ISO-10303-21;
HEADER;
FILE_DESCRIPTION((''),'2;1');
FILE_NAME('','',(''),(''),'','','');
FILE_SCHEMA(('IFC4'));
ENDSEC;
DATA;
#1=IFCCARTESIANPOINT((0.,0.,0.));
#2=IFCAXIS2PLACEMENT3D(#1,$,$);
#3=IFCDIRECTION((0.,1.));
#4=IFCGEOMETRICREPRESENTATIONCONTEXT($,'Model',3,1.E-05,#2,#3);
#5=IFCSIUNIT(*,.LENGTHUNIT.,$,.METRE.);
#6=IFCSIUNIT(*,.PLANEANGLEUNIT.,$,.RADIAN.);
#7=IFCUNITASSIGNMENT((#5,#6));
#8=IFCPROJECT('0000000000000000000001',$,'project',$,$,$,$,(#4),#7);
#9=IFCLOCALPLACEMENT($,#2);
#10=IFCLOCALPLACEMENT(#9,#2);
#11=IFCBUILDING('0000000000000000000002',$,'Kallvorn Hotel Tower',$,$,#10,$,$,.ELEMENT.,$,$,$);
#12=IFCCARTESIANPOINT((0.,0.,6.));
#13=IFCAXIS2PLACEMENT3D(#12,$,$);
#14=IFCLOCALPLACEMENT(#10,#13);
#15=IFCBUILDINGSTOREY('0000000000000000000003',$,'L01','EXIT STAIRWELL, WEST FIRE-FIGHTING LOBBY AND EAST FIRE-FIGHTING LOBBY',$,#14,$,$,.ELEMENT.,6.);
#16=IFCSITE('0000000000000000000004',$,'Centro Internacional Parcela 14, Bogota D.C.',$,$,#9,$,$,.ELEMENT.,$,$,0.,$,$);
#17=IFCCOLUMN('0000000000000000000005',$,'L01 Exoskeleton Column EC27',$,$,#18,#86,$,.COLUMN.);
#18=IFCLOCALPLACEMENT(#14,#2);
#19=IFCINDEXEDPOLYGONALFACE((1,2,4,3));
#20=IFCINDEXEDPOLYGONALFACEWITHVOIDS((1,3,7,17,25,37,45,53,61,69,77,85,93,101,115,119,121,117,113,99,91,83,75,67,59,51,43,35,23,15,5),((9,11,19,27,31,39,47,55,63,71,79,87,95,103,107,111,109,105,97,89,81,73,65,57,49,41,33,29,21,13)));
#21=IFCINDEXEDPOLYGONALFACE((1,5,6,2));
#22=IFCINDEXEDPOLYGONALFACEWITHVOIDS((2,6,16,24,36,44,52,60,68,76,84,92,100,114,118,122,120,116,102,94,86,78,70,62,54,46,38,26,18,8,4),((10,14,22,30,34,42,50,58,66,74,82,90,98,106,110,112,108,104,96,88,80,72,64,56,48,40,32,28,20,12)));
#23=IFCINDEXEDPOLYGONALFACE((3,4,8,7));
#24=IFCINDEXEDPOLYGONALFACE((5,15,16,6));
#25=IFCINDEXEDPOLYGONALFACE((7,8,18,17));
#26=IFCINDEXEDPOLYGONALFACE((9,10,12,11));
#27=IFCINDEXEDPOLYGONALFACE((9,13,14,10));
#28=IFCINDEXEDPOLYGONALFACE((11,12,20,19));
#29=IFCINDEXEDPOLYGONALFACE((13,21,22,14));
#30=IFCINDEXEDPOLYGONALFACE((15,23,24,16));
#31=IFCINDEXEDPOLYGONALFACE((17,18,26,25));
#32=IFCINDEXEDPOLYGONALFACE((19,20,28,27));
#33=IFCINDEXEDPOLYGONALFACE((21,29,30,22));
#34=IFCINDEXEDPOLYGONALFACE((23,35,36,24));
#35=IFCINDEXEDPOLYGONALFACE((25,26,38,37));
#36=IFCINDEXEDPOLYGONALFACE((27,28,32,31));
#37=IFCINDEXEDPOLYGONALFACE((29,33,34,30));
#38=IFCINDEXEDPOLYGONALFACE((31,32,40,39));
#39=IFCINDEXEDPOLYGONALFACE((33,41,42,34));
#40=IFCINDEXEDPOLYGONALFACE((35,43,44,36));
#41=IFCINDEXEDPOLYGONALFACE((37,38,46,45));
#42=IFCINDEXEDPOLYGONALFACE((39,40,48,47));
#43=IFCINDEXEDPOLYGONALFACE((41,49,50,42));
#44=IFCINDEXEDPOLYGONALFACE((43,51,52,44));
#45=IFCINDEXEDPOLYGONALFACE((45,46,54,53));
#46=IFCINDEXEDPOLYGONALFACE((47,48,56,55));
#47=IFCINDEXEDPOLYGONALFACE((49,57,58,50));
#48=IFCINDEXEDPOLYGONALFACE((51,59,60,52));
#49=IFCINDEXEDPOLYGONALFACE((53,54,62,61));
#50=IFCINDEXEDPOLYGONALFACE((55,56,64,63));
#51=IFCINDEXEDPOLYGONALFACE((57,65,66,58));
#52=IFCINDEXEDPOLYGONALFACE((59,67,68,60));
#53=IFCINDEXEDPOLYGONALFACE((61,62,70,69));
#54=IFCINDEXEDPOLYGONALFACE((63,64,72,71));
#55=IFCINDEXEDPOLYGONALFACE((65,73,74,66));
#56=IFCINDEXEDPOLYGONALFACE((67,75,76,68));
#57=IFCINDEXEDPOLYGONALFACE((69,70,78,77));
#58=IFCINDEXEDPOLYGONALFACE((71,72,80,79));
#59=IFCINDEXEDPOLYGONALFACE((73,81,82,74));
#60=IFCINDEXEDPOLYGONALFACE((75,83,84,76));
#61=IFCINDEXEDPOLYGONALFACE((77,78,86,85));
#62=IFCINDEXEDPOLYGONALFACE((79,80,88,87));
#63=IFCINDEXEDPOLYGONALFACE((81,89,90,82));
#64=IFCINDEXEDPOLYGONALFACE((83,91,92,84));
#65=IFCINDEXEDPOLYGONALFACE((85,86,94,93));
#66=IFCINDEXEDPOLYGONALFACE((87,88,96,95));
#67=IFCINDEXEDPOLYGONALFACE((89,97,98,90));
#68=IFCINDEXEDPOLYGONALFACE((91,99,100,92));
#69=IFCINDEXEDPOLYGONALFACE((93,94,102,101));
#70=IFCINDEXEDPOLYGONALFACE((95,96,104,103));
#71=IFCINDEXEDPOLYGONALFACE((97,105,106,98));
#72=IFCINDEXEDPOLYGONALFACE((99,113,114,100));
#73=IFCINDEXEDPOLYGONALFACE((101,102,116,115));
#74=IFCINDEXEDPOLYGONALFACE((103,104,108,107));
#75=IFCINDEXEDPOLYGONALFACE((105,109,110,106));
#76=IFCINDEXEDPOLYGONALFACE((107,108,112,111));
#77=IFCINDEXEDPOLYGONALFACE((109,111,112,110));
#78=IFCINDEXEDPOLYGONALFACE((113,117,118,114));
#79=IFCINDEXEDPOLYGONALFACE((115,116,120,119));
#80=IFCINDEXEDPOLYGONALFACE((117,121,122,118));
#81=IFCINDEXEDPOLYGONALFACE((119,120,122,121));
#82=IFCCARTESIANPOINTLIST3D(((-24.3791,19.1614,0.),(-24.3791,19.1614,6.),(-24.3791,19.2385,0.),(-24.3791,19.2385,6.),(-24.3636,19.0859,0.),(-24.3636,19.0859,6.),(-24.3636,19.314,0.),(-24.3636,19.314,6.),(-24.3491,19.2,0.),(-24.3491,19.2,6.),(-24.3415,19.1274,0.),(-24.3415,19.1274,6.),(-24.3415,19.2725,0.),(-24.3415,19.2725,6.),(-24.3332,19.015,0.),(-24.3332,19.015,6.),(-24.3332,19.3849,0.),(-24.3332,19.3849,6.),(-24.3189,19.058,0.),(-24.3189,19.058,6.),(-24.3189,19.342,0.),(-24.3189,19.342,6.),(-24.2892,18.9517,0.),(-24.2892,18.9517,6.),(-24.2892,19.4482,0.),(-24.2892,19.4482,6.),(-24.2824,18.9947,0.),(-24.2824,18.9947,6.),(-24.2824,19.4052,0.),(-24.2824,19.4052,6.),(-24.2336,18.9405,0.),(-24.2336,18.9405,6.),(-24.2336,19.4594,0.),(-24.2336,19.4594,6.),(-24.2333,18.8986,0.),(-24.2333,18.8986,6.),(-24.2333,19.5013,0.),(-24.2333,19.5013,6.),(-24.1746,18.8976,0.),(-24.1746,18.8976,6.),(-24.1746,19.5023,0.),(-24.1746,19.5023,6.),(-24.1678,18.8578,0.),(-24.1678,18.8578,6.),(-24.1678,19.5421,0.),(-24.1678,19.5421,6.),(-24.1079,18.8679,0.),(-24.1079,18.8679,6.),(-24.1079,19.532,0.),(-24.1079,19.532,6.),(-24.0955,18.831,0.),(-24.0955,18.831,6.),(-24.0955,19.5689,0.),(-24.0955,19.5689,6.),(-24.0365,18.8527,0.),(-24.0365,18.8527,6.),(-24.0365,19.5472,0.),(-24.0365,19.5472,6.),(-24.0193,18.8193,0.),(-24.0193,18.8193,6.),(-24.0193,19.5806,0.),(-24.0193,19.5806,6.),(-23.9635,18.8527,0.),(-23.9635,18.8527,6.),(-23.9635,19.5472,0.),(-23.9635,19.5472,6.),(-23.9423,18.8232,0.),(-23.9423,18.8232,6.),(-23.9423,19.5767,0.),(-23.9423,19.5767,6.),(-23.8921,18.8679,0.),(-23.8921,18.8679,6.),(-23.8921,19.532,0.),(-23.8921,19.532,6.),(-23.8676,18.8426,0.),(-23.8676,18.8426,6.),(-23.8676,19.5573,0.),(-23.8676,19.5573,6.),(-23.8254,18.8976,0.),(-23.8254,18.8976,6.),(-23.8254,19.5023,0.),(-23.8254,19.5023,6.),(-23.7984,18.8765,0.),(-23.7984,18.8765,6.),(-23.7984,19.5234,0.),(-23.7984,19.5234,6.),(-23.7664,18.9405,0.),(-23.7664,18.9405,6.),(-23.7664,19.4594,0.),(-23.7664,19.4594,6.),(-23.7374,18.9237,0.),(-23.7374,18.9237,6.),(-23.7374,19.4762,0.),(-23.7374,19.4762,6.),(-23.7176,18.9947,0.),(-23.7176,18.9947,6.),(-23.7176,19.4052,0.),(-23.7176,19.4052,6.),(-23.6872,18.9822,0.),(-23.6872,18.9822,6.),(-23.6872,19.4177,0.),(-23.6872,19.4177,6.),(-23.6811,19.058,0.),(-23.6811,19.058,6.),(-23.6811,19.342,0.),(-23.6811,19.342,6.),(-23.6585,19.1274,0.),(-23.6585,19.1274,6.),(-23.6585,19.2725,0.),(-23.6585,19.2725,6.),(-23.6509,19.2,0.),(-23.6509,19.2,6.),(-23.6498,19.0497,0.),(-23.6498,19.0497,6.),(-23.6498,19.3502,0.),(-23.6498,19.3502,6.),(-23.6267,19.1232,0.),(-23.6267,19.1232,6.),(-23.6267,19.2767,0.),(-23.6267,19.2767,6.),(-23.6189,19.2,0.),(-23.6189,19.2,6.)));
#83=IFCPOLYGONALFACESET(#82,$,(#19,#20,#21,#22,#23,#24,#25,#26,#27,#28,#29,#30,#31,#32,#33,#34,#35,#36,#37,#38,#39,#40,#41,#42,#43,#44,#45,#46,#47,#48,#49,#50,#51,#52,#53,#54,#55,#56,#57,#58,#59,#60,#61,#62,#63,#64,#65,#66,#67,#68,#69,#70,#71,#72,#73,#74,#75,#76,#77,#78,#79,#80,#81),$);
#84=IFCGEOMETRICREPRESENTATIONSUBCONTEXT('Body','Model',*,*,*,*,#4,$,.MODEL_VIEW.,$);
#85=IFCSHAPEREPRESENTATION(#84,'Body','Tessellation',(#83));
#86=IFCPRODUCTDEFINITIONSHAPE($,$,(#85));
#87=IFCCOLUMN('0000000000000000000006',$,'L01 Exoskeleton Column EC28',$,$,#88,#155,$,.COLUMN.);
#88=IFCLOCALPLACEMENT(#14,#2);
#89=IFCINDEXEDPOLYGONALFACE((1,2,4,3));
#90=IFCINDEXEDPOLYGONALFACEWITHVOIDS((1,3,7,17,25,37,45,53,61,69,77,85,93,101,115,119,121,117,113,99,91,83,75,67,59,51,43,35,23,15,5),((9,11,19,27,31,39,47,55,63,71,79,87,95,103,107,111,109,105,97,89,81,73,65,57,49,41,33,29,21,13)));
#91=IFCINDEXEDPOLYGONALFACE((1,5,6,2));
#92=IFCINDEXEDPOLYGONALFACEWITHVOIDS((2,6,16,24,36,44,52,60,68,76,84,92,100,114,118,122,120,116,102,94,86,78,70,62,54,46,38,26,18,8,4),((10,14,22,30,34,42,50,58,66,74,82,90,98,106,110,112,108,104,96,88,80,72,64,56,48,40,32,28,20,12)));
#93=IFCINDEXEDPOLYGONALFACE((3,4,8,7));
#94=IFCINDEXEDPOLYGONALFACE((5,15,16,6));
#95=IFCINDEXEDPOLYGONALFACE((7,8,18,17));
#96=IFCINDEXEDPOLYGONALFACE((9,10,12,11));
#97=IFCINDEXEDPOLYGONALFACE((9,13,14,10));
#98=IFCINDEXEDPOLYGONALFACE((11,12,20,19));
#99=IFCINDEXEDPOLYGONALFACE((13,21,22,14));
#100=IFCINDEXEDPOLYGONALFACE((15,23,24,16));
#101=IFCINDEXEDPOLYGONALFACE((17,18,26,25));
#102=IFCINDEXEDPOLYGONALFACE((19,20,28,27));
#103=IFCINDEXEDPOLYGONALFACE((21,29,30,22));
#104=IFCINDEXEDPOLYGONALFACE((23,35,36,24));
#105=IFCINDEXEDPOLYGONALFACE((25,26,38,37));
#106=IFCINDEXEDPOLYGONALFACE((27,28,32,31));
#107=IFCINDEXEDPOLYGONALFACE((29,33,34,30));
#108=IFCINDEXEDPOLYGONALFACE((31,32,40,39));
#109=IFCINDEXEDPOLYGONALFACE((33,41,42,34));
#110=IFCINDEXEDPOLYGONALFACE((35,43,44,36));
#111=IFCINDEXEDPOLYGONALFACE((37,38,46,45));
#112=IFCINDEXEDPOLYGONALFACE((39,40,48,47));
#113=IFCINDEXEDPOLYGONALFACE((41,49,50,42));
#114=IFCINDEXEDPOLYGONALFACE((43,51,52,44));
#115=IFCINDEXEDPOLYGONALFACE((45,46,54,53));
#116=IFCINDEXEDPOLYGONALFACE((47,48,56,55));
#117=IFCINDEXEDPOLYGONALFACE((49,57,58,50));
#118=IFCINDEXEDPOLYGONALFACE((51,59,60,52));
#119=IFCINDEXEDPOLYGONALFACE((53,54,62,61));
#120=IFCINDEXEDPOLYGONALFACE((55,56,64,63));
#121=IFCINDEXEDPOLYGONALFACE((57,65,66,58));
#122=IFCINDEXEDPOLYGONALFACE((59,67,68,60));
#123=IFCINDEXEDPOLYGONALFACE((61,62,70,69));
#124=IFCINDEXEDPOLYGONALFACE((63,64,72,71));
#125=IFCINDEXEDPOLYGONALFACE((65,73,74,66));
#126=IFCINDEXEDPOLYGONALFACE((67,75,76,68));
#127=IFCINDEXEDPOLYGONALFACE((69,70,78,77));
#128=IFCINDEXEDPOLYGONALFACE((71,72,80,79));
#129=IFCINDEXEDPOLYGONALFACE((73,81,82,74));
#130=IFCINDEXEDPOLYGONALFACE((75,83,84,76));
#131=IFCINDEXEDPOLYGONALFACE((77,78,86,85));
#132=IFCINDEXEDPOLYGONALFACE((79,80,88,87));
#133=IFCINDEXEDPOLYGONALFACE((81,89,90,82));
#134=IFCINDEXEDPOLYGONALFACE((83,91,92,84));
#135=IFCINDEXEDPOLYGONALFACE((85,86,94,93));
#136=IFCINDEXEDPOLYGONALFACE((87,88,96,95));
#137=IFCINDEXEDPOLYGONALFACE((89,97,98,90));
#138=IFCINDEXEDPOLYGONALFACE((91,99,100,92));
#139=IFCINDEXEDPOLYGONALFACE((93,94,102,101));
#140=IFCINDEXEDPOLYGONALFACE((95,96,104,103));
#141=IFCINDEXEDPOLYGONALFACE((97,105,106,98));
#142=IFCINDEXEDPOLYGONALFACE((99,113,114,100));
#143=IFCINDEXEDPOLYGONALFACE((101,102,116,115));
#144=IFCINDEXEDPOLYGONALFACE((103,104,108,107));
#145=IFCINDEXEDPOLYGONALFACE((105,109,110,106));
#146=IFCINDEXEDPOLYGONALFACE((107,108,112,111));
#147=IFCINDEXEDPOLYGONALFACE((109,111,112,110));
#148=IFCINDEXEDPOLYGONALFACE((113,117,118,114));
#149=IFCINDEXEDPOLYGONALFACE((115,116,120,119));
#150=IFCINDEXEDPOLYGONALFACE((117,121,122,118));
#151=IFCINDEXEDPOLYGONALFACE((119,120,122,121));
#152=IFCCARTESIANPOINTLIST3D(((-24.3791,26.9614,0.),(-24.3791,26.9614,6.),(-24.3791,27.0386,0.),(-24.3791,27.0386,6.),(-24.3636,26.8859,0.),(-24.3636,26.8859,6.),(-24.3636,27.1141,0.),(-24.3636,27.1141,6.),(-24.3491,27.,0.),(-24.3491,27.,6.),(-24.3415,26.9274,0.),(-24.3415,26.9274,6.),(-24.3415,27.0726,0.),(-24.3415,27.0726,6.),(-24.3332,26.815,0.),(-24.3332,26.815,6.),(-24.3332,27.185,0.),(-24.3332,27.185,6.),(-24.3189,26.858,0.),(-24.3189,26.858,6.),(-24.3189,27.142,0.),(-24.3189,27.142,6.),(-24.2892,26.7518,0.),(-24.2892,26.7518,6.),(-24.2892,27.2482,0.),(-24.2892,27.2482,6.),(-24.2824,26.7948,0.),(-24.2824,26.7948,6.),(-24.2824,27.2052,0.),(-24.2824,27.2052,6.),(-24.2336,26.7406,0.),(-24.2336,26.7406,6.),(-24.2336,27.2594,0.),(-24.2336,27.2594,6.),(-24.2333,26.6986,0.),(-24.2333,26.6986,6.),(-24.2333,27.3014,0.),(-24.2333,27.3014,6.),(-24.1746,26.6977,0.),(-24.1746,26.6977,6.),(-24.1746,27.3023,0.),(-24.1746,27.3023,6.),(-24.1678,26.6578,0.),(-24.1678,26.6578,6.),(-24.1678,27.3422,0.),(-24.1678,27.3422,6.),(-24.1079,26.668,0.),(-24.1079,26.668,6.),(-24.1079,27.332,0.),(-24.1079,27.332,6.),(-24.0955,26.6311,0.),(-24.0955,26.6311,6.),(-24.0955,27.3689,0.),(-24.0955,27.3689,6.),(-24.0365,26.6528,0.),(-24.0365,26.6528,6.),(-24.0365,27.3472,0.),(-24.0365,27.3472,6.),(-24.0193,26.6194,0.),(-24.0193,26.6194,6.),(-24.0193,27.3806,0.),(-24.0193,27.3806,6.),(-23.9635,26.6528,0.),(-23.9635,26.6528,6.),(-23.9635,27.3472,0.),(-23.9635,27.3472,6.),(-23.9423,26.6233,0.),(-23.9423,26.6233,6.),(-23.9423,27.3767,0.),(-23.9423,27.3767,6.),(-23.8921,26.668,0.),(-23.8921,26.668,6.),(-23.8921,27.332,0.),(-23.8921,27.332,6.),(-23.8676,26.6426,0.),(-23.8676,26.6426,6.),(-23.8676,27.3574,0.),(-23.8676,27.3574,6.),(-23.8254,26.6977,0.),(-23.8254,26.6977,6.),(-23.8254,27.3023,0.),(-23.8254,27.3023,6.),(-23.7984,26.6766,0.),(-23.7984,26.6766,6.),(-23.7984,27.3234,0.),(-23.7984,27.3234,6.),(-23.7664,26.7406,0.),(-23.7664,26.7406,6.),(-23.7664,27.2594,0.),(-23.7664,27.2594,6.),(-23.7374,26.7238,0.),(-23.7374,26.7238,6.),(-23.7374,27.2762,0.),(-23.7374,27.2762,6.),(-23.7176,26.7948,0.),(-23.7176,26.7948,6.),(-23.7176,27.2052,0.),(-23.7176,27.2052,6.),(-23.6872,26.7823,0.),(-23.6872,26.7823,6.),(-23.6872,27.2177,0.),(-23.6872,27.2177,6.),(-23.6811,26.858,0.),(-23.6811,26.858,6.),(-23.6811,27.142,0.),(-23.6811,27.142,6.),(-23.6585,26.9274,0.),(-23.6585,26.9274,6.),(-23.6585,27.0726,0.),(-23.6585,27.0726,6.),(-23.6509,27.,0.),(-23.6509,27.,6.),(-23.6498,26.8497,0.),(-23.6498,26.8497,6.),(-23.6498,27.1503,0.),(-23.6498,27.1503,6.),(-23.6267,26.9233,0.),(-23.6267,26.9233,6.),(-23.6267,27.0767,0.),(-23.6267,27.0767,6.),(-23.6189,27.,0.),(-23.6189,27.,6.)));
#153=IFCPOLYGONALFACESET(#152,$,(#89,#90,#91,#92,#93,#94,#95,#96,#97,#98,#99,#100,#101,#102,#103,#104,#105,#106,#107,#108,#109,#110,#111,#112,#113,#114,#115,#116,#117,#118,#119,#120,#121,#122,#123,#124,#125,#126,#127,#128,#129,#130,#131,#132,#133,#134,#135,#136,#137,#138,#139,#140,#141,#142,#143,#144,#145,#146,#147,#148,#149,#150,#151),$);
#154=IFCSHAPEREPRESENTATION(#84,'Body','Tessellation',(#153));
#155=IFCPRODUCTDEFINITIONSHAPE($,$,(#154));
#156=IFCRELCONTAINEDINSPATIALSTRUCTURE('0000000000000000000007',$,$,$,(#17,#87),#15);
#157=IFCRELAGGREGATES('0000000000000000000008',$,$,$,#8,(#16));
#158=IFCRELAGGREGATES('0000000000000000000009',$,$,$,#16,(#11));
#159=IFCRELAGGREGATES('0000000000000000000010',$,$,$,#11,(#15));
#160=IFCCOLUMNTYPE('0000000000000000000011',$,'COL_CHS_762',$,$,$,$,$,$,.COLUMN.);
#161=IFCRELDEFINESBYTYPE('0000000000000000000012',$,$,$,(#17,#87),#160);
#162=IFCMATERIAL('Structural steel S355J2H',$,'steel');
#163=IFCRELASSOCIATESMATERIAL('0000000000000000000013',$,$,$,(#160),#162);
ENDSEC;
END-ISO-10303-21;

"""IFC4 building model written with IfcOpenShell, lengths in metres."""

from ifc_helpers import new_model, si_unit, direction, frame, origin, origin_2d, place, context, subcontext, project, spatial, hollow_circle, extrude, material, material_profile, profile_set, type_object, element, save


model = new_model("IFC4")

# Units and contexts
model_context = context("Model", 3, precision=1e-05, world=origin(), true_north=direction((0.0, 1.0)))
body_context = subcontext(model_context, "Body", "Model", "MODEL_VIEW")
ifc_project = project(units=[si_unit("LENGTHUNIT", "METRE"), si_unit("PLANEANGLEUNIT", "RADIAN")], contexts=[model_context])

# Site, building, storey
site_placement = place(None, origin())
site = spatial("IfcSite", under=ifc_project, at=site_placement, Name="Centro Internacional Parcela 14, Bogota D.C.", CompositionType="ELEMENT", RefElevation=0.0)
building_placement = place(site_placement, origin())
building = spatial("IfcBuilding", under=site, at=building_placement, Name="Kallvorn Hotel Tower", CompositionType="ELEMENT")
storey_placement = place(building_placement, frame((0.0, 0.0, 6.0)))
storey = spatial("IfcBuildingStorey", under=building, at=storey_placement, Name="L01", Description="EXIT STAIRWELL, WEST FIRE-FIGHTING LOBBY AND EAST FIRE-FIGHTING LOBBY", CompositionType="ELEMENT", Elevation=6.0)

# Columns
ifc_material_1 = material(Name="Structural steel S355J2H", Category="steel")
ifc_material_profile_1 = material_profile(ifc_material_1, hollow_circle(Radius=0.3811, WallThickness=0.032, at=origin_2d()), Name="CHS 762x32")
ifc_profile_set_1 = profile_set([ifc_material_profile_1], Name="Structural steel S355J2H")
column_type_1 = type_object("IfcColumnType", Name="COL_CHS_762", PredefinedType="COLUMN", material=ifc_profile_set_1)
for number, where, z_axis, x_axis, name in (
    (1, (-24.0, 19.2, 0.0), (0.0, 0.0, 1.0), (1.0, 0.0, 0.0), "L01 Exoskeleton Column EC27"),
    (2, (-24.0, 27.0, 0.0), (0.0, 0.0, 1.0), (1.0, 0.0, 0.0), "L01 Exoskeleton Column EC28"),
):
    element("IfcColumn", number, at=place(storey_placement, frame(where, z_axis=z_axis, x_axis=x_axis)), inside=storey, type_object=column_type_1, Name=name, PredefinedType="COLUMN", context=body_context, shape_type="SweptSolid", body=[
        extrude(hollow_circle(Radius=0.3811, WallThickness=0.032, at=origin_2d()), origin(), (0.0, 0.0, 1.0), 6.0),
    ])

save(model, "model.ifc")
